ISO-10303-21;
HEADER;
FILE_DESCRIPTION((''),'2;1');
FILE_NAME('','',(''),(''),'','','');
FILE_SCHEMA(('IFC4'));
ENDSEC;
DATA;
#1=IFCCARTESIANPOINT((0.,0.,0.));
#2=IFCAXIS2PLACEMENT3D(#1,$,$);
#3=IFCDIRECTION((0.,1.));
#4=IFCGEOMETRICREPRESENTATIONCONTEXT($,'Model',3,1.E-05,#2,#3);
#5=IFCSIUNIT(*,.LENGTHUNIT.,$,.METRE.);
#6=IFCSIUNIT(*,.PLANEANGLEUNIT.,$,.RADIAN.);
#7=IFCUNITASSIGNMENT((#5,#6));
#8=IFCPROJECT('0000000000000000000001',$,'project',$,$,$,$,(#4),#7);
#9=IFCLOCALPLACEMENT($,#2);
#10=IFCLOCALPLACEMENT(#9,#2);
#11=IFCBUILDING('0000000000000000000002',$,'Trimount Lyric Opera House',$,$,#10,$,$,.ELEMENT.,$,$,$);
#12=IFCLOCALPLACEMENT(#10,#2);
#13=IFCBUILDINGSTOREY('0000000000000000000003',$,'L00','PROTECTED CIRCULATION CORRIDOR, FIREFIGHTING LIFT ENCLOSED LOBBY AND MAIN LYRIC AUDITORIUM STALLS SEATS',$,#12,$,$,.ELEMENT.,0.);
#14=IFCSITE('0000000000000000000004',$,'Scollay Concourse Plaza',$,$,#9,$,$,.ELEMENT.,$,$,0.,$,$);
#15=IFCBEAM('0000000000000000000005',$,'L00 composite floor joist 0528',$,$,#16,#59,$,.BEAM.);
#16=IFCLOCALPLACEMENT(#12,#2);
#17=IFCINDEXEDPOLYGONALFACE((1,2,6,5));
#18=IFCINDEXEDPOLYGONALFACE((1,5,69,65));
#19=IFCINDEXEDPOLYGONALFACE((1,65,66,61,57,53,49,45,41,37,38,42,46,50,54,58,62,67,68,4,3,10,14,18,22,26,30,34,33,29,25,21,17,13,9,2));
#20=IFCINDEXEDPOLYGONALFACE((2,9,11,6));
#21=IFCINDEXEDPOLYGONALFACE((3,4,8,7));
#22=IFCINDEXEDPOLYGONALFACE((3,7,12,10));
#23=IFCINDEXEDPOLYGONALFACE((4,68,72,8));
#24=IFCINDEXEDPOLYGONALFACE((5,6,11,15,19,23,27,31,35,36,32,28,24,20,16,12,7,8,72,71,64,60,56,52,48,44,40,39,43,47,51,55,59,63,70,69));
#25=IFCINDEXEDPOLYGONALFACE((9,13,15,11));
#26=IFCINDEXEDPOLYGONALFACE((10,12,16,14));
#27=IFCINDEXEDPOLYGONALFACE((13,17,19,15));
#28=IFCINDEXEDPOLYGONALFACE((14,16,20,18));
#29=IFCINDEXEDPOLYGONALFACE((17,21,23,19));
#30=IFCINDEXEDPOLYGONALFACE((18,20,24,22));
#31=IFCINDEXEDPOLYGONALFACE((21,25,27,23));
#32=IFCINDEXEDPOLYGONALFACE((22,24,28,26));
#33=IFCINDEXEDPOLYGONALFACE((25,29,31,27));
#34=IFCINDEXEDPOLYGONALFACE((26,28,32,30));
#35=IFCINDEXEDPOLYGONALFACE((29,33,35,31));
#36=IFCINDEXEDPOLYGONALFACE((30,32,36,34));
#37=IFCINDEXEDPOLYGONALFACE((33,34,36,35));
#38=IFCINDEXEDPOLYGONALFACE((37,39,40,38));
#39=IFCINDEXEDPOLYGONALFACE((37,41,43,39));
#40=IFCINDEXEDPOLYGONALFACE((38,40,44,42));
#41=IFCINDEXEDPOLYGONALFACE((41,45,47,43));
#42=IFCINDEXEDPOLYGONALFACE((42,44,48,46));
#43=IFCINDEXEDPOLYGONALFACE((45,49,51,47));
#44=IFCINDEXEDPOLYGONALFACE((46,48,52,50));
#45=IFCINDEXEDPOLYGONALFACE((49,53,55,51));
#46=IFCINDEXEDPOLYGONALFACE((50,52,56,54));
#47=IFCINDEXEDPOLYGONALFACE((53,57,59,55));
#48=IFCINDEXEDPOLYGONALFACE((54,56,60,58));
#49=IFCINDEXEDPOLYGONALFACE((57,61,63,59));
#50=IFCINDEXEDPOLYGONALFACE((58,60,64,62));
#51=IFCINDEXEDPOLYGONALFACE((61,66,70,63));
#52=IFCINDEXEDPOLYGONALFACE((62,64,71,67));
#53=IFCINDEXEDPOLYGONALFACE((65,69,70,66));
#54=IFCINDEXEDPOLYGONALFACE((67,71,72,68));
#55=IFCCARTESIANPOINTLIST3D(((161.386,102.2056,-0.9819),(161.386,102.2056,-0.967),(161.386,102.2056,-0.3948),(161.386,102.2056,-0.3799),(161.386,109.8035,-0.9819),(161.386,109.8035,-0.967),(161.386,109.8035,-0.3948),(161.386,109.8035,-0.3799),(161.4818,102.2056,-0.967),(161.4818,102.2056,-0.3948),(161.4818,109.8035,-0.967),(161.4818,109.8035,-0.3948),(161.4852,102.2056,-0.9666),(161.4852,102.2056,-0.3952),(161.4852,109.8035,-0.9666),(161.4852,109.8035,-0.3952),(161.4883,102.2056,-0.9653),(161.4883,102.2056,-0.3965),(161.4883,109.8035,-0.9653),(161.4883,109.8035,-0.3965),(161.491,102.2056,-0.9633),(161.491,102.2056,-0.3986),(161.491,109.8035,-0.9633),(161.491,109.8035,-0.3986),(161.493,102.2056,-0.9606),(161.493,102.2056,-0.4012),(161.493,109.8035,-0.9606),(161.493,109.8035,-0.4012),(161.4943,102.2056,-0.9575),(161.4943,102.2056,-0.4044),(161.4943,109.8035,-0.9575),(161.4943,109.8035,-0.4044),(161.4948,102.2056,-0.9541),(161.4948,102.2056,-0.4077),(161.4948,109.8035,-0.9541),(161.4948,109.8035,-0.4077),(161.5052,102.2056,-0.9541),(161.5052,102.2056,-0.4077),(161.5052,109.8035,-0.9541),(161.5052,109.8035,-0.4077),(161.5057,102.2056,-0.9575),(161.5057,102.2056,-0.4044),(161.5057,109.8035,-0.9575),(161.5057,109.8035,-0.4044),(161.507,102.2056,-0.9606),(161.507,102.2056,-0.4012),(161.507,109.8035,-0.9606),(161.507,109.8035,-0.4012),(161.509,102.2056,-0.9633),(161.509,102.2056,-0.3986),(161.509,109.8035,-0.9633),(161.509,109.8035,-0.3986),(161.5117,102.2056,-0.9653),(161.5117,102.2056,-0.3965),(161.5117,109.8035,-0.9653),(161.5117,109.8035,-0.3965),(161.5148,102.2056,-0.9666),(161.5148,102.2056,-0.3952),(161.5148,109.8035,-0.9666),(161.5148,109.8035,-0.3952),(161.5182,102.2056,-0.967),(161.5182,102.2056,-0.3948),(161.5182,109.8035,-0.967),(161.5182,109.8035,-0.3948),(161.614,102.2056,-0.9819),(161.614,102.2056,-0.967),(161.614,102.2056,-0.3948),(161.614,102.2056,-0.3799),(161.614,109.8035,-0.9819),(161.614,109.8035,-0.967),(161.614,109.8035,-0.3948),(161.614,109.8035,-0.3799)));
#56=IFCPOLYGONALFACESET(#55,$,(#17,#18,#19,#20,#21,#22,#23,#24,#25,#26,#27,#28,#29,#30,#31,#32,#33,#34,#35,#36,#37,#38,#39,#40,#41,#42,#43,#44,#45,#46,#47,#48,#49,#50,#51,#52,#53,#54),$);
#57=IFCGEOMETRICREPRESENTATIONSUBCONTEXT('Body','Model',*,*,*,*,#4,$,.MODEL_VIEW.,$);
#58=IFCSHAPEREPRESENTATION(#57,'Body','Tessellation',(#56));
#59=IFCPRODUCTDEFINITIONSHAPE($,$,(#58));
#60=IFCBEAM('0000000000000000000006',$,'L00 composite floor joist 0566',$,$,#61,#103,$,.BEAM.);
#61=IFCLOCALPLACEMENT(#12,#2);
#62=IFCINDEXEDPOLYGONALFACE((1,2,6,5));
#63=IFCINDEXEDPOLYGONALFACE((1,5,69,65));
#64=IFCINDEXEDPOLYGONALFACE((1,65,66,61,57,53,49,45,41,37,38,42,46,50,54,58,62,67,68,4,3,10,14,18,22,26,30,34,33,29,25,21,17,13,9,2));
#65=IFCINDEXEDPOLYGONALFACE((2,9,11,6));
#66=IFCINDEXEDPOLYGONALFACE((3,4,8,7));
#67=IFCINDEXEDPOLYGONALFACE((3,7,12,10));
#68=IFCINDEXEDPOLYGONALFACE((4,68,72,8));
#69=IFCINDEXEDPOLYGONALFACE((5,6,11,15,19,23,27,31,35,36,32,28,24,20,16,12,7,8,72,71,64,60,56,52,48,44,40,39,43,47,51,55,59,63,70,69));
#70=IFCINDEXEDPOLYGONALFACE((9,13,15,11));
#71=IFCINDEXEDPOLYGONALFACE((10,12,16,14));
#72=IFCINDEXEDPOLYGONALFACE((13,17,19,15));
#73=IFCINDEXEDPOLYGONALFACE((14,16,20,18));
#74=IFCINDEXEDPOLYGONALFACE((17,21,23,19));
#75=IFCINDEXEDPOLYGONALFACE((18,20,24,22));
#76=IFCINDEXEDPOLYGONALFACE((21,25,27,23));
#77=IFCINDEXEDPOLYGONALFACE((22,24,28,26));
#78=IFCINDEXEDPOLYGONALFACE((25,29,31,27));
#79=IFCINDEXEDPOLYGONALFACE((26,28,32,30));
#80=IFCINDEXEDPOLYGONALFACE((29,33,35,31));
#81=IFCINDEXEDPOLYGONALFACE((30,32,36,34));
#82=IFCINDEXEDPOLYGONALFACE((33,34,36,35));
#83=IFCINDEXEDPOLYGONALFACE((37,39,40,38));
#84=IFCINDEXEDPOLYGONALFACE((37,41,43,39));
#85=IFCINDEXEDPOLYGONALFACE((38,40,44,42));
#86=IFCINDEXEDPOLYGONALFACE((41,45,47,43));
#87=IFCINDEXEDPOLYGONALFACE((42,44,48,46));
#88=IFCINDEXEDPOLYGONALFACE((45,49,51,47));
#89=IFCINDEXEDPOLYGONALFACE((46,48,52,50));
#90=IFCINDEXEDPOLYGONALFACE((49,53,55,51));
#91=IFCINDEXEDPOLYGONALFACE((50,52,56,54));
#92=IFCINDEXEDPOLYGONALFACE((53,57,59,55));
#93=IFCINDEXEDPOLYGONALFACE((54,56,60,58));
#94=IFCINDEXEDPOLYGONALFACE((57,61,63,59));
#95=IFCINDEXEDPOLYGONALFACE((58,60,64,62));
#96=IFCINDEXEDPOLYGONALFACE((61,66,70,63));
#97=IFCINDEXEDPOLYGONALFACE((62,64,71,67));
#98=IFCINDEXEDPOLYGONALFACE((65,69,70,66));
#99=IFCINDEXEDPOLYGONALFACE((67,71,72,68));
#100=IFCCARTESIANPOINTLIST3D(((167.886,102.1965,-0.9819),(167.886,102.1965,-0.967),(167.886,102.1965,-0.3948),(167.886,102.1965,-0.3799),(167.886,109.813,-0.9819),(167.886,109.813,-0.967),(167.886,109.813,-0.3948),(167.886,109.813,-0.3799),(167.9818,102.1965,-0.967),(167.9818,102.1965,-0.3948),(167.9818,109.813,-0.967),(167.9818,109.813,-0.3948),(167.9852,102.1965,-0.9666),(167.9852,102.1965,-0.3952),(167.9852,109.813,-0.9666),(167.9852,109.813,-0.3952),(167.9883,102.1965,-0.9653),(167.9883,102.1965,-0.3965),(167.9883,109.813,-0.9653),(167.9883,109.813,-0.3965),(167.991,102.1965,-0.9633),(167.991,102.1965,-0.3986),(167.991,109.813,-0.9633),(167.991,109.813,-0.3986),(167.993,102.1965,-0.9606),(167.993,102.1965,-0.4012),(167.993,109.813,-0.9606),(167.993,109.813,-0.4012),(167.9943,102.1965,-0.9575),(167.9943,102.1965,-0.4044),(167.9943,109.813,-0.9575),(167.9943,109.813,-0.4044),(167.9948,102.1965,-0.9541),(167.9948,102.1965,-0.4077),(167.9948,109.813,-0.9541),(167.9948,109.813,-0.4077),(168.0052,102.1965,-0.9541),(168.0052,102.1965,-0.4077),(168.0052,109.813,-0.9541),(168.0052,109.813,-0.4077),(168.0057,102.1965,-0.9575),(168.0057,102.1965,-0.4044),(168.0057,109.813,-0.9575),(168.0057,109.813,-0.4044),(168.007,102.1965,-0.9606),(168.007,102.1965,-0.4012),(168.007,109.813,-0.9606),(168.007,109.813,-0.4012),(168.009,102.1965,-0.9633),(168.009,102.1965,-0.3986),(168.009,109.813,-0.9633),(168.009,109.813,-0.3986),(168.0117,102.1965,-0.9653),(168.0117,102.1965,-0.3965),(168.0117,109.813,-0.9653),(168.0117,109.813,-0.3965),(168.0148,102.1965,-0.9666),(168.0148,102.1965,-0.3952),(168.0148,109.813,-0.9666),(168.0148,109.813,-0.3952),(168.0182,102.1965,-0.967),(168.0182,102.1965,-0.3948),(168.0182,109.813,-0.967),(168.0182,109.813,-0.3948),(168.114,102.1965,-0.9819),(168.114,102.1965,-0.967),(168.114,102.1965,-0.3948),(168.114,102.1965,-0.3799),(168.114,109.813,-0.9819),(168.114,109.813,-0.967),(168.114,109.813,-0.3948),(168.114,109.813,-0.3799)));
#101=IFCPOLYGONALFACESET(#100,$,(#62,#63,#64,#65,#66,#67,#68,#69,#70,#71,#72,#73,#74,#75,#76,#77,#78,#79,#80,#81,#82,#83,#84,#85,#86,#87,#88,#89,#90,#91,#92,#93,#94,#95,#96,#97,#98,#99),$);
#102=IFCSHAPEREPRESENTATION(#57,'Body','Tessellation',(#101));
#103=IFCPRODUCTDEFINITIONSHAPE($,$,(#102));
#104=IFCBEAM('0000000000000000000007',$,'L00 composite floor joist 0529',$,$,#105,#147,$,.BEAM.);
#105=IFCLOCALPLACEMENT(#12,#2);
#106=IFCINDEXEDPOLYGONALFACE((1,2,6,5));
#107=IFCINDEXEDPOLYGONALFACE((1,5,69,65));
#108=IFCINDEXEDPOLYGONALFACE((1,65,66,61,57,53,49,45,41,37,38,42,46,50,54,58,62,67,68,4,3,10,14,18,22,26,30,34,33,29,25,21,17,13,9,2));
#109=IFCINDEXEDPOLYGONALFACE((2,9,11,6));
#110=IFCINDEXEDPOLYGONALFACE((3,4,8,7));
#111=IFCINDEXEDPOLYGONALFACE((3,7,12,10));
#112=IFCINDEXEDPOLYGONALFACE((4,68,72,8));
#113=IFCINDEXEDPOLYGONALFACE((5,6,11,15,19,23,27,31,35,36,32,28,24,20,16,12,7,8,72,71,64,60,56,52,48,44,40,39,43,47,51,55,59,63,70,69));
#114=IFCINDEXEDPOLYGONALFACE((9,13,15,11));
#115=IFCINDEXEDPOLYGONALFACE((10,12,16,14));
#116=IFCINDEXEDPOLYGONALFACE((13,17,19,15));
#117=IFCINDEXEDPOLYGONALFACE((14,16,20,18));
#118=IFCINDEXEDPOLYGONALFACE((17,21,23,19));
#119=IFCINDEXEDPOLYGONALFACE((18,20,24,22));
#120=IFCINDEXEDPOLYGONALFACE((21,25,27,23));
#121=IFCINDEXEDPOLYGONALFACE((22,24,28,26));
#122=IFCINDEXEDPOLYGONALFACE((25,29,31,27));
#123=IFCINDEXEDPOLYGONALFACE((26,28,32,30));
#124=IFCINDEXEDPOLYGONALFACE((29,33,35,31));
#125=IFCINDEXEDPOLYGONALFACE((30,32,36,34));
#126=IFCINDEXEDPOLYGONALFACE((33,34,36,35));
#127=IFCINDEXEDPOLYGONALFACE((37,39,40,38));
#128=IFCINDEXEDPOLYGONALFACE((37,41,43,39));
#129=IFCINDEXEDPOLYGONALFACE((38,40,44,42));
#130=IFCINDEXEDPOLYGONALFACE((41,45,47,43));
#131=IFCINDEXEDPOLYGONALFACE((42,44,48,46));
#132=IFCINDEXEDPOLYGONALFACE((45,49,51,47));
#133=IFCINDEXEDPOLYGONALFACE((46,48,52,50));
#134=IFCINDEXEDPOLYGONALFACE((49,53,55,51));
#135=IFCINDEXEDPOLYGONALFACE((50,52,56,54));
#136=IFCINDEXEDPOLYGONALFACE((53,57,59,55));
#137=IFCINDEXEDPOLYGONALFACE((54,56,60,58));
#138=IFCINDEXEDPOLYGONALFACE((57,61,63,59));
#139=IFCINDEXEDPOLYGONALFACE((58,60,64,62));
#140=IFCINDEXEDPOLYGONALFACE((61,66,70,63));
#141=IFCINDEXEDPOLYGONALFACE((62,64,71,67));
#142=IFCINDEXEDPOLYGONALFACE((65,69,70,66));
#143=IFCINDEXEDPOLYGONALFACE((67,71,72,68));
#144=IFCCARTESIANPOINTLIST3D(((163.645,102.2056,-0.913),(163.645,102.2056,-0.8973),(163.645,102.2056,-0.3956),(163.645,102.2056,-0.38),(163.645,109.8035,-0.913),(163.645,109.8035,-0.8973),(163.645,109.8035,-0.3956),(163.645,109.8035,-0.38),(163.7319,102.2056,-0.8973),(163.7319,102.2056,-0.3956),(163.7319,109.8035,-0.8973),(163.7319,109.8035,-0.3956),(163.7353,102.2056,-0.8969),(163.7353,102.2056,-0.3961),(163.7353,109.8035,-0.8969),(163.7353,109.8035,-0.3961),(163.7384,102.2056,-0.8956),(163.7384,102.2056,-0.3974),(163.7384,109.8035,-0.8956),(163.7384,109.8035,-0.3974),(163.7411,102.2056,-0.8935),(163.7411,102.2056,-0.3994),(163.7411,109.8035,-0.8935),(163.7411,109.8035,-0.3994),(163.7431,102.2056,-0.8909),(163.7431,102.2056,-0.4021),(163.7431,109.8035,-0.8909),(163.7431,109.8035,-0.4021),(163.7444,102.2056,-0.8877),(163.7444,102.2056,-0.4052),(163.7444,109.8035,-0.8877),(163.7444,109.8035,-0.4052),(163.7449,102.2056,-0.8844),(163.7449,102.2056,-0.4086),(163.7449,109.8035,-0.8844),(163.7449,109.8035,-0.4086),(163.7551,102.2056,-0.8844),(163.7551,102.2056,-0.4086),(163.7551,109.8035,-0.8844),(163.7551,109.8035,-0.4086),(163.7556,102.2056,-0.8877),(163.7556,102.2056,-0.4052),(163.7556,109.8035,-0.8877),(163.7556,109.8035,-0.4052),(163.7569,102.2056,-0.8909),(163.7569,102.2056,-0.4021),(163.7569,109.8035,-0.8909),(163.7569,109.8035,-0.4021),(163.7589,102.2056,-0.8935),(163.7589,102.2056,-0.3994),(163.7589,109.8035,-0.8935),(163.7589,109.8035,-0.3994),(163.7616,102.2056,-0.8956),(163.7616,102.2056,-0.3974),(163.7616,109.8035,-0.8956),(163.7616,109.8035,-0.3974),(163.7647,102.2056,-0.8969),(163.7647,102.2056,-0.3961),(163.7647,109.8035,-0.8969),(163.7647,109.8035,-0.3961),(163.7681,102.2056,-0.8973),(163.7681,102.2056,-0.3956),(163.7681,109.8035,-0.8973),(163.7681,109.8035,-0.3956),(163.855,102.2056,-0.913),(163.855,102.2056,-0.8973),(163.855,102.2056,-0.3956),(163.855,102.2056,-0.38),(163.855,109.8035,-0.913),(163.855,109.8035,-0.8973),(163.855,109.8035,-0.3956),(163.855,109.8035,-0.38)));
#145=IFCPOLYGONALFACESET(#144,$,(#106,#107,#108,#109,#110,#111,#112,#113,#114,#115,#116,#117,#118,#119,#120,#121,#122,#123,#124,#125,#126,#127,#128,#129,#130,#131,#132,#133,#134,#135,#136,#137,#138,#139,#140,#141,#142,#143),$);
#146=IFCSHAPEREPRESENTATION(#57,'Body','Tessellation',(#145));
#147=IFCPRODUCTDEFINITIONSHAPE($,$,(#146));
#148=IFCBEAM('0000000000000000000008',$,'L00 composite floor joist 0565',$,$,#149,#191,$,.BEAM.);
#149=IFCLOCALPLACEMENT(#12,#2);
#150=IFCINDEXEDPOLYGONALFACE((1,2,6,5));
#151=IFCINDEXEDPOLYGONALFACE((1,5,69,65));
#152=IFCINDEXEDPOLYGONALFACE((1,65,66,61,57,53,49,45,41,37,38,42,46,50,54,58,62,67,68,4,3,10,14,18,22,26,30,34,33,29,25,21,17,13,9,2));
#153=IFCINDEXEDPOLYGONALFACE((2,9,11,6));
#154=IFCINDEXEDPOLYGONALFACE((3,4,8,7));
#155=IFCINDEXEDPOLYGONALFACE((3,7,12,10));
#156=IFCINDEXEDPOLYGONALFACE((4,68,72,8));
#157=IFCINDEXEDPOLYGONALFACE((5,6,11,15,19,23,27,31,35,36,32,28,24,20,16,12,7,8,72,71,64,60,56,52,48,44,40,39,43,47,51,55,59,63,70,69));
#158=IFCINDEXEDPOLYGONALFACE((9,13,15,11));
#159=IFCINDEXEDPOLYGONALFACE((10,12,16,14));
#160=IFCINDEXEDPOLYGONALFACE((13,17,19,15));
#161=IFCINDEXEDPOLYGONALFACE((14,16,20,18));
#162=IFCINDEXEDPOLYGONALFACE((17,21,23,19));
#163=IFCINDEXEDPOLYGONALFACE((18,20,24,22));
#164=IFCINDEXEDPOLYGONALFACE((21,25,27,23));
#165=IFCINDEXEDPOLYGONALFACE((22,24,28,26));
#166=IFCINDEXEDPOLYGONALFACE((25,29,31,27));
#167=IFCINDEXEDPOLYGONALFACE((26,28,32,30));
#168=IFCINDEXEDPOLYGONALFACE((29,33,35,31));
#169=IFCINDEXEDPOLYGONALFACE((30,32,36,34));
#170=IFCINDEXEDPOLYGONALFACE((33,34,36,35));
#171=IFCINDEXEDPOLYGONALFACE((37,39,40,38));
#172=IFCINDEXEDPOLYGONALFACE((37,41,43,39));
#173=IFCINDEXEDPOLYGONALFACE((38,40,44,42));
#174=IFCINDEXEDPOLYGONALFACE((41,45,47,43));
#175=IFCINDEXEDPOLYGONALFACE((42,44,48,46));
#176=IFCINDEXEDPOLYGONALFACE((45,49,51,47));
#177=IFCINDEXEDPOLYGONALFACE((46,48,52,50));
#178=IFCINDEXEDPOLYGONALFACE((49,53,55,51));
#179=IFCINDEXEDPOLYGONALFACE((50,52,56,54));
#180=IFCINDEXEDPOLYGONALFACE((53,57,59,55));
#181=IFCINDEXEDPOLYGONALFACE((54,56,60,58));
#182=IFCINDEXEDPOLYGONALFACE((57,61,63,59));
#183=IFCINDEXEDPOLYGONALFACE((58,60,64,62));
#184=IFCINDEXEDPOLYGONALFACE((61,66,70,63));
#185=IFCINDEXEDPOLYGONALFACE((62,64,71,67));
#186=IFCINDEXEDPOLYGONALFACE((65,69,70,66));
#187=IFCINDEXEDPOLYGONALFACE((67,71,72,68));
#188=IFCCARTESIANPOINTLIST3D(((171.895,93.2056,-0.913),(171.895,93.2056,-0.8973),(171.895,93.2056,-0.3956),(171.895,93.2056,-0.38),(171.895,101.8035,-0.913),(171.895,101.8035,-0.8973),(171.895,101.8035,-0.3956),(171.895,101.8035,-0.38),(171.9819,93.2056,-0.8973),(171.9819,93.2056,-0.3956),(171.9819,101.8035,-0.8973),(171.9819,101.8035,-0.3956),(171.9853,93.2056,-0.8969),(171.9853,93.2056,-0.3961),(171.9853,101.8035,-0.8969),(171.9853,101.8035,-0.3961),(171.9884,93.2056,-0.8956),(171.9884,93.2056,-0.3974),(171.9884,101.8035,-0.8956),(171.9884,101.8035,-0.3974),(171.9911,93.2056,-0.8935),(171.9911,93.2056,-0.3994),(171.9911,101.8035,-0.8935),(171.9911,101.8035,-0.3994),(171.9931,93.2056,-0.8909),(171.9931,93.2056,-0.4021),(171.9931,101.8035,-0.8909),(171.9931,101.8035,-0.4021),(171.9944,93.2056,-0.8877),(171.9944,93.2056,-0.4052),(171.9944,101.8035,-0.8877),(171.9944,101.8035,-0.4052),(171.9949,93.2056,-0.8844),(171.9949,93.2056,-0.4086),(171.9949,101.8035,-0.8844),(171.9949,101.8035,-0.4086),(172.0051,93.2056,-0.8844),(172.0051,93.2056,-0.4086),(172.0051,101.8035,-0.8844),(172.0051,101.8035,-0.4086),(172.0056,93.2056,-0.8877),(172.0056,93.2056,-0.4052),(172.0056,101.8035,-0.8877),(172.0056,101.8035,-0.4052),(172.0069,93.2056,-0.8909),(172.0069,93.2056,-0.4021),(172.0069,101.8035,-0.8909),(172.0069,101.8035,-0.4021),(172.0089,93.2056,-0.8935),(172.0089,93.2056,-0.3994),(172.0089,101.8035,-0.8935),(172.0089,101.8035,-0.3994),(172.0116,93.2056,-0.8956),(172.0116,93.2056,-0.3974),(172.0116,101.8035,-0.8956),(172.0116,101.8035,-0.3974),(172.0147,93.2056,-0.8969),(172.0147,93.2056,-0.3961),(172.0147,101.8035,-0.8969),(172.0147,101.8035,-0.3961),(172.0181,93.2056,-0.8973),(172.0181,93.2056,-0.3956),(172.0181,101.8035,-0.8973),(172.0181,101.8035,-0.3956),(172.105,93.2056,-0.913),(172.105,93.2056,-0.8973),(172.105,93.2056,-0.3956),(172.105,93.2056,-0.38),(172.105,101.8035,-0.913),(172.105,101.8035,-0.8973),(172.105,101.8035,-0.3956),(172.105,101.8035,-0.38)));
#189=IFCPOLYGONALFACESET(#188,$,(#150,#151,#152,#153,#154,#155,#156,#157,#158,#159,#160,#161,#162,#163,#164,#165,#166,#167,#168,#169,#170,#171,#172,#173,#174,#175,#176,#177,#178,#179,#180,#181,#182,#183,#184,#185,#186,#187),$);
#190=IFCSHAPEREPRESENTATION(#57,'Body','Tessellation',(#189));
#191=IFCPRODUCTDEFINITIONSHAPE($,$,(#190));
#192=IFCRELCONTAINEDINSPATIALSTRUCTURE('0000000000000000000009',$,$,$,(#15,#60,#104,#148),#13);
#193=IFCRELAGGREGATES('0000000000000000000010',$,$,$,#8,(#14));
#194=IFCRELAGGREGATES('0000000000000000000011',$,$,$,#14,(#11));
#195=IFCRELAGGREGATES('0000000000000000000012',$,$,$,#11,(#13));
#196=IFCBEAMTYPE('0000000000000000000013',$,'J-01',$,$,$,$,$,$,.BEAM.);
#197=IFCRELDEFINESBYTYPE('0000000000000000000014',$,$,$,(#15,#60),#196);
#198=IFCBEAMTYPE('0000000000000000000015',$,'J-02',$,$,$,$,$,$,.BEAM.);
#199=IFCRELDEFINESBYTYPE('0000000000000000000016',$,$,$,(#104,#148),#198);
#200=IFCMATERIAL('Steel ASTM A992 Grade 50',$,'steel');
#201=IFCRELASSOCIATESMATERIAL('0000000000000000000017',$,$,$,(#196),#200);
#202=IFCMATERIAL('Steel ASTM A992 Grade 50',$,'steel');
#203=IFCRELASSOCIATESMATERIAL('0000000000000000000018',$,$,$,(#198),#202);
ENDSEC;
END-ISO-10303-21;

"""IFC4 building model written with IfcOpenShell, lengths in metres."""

from ifc_helpers import new_model, si_unit, direction, frame, origin, origin_2d, place, context, subcontext, project, spatial, i_section, extrude, material, material_profile, profile_set, type_object, element, save


model = new_model("IFC4")

# Units and contexts
model_context = context("Model", 3, precision=1e-05, world=origin(), true_north=direction((0.0, 1.0)))
body_context = subcontext(model_context, "Body", "Model", "MODEL_VIEW")
ifc_project = project(units=[si_unit("LENGTHUNIT", "METRE"), si_unit("PLANEANGLEUNIT", "RADIAN")], contexts=[model_context])

# Site, building, storey
site_placement = place(None, origin())
site = spatial("IfcSite", under=ifc_project, at=site_placement, Name="Scollay Concourse Plaza", CompositionType="ELEMENT", RefElevation=0.0)
building_placement = place(site_placement, origin())
building = spatial("IfcBuilding", under=site, at=building_placement, Name="Trimount Lyric Opera House", CompositionType="ELEMENT")
storey_placement = place(building_placement, origin())
storey = spatial("IfcBuildingStorey", under=building, at=storey_placement, Name="L00", Description="PROTECTED CIRCULATION CORRIDOR, FIREFIGHTING LIFT ENCLOSED LOBBY AND MAIN LYRIC AUDITORIUM STALLS SEATS", CompositionType="ELEMENT", Elevation=0.0)

# Beams
ifc_material_1 = material(Name="Steel ASTM A992 Grade 50", Category="steel")
ifc_material_profile_1 = material_profile(ifc_material_1, i_section(OverallWidth=0.228, OverallDepth=0.6021, WebThickness=0.0105, FlangeThickness=0.0149, FilletRadius=0.0129, at=origin_2d()), Name="W24X68")
ifc_profile_set_1 = profile_set([ifc_material_profile_1], Name="Steel ASTM A992 Grade 50")
beam_type_1 = type_object("IfcBeamType", Name="J-01", PredefinedType="BEAM", material=ifc_profile_set_1)
beam_1_placement = place(storey_placement, frame((161.5, 102.2056, -0.6809), z_axis=(0.0, 1.0, 0.0), x_axis=(-1.0, 0.0, 0.0)))
element("IfcBeam", 1, at=beam_1_placement, inside=storey, type_object=beam_type_1, Name="L00 composite floor joist 0528", PredefinedType="BEAM", context=body_context, shape_type="SweptSolid", body=[
    extrude(i_section(OverallWidth=0.228, OverallDepth=0.6021, WebThickness=0.0105, FlangeThickness=0.0149, FilletRadius=0.0129, at=origin_2d()), origin(), (0.0, 0.0, 1.0), 7.5979),
])
beam_2_placement = place(storey_placement, frame((168.0, 102.1965, -0.6809), z_axis=(0.0, 1.0, 0.0), x_axis=(-1.0, 0.0, 0.0)))
element("IfcBeam", 2, at=beam_2_placement, inside=storey, type_object=beam_type_1, Name="L00 composite floor joist 0566", PredefinedType="BEAM", context=body_context, shape_type="SweptSolid", body=[
    extrude(i_section(OverallWidth=0.228, OverallDepth=0.6021, WebThickness=0.0105, FlangeThickness=0.0149, FilletRadius=0.0129, at=origin_2d()), origin(), (0.0, 0.0, 1.0), 7.6165),
])
ifc_material_2 = material(Name="Steel ASTM A992 Grade 50", Category="steel")
ifc_material_profile_2 = material_profile(ifc_material_2, i_section(OverallWidth=0.21, OverallDepth=0.533, WebThickness=0.0103, FlangeThickness=0.0156, FilletRadius=0.0129, at=origin_2d()), Name="W21X62")
ifc_profile_set_2 = profile_set([ifc_material_profile_2], Name="Steel ASTM A992 Grade 50")
beam_type_2 = type_object("IfcBeamType", Name="J-02", PredefinedType="BEAM", material=ifc_profile_set_2)
beam_3_placement = place(storey_placement, frame((163.75, 102.2056, -0.6465), z_axis=(0.0, 1.0, 0.0), x_axis=(-1.0, 0.0, 0.0)))
element("IfcBeam", 3, at=beam_3_placement, inside=storey, type_object=beam_type_2, Name="L00 composite floor joist 0529", PredefinedType="BEAM", context=body_context, shape_type="SweptSolid", body=[
    extrude(i_section(OverallWidth=0.21, OverallDepth=0.533, WebThickness=0.0103, FlangeThickness=0.0156, FilletRadius=0.0129, at=origin_2d()), origin(), (0.0, 0.0, 1.0), 7.5979),
])
beam_4_placement = place(storey_placement, frame((172.0, 93.2056, -0.6465), z_axis=(0.0, 1.0, 0.0), x_axis=(-1.0, 0.0, 0.0)))
element("IfcBeam", 4, at=beam_4_placement, inside=storey, type_object=beam_type_2, Name="L00 composite floor joist 0565", PredefinedType="BEAM", context=body_context, shape_type="SweptSolid", body=[
    extrude(i_section(OverallWidth=0.21, OverallDepth=0.533, WebThickness=0.0103, FlangeThickness=0.0156, FilletRadius=0.0129, at=origin_2d()), origin(), (0.0, 0.0, 1.0), 8.5979),
])

save(model, "model.ifc")
